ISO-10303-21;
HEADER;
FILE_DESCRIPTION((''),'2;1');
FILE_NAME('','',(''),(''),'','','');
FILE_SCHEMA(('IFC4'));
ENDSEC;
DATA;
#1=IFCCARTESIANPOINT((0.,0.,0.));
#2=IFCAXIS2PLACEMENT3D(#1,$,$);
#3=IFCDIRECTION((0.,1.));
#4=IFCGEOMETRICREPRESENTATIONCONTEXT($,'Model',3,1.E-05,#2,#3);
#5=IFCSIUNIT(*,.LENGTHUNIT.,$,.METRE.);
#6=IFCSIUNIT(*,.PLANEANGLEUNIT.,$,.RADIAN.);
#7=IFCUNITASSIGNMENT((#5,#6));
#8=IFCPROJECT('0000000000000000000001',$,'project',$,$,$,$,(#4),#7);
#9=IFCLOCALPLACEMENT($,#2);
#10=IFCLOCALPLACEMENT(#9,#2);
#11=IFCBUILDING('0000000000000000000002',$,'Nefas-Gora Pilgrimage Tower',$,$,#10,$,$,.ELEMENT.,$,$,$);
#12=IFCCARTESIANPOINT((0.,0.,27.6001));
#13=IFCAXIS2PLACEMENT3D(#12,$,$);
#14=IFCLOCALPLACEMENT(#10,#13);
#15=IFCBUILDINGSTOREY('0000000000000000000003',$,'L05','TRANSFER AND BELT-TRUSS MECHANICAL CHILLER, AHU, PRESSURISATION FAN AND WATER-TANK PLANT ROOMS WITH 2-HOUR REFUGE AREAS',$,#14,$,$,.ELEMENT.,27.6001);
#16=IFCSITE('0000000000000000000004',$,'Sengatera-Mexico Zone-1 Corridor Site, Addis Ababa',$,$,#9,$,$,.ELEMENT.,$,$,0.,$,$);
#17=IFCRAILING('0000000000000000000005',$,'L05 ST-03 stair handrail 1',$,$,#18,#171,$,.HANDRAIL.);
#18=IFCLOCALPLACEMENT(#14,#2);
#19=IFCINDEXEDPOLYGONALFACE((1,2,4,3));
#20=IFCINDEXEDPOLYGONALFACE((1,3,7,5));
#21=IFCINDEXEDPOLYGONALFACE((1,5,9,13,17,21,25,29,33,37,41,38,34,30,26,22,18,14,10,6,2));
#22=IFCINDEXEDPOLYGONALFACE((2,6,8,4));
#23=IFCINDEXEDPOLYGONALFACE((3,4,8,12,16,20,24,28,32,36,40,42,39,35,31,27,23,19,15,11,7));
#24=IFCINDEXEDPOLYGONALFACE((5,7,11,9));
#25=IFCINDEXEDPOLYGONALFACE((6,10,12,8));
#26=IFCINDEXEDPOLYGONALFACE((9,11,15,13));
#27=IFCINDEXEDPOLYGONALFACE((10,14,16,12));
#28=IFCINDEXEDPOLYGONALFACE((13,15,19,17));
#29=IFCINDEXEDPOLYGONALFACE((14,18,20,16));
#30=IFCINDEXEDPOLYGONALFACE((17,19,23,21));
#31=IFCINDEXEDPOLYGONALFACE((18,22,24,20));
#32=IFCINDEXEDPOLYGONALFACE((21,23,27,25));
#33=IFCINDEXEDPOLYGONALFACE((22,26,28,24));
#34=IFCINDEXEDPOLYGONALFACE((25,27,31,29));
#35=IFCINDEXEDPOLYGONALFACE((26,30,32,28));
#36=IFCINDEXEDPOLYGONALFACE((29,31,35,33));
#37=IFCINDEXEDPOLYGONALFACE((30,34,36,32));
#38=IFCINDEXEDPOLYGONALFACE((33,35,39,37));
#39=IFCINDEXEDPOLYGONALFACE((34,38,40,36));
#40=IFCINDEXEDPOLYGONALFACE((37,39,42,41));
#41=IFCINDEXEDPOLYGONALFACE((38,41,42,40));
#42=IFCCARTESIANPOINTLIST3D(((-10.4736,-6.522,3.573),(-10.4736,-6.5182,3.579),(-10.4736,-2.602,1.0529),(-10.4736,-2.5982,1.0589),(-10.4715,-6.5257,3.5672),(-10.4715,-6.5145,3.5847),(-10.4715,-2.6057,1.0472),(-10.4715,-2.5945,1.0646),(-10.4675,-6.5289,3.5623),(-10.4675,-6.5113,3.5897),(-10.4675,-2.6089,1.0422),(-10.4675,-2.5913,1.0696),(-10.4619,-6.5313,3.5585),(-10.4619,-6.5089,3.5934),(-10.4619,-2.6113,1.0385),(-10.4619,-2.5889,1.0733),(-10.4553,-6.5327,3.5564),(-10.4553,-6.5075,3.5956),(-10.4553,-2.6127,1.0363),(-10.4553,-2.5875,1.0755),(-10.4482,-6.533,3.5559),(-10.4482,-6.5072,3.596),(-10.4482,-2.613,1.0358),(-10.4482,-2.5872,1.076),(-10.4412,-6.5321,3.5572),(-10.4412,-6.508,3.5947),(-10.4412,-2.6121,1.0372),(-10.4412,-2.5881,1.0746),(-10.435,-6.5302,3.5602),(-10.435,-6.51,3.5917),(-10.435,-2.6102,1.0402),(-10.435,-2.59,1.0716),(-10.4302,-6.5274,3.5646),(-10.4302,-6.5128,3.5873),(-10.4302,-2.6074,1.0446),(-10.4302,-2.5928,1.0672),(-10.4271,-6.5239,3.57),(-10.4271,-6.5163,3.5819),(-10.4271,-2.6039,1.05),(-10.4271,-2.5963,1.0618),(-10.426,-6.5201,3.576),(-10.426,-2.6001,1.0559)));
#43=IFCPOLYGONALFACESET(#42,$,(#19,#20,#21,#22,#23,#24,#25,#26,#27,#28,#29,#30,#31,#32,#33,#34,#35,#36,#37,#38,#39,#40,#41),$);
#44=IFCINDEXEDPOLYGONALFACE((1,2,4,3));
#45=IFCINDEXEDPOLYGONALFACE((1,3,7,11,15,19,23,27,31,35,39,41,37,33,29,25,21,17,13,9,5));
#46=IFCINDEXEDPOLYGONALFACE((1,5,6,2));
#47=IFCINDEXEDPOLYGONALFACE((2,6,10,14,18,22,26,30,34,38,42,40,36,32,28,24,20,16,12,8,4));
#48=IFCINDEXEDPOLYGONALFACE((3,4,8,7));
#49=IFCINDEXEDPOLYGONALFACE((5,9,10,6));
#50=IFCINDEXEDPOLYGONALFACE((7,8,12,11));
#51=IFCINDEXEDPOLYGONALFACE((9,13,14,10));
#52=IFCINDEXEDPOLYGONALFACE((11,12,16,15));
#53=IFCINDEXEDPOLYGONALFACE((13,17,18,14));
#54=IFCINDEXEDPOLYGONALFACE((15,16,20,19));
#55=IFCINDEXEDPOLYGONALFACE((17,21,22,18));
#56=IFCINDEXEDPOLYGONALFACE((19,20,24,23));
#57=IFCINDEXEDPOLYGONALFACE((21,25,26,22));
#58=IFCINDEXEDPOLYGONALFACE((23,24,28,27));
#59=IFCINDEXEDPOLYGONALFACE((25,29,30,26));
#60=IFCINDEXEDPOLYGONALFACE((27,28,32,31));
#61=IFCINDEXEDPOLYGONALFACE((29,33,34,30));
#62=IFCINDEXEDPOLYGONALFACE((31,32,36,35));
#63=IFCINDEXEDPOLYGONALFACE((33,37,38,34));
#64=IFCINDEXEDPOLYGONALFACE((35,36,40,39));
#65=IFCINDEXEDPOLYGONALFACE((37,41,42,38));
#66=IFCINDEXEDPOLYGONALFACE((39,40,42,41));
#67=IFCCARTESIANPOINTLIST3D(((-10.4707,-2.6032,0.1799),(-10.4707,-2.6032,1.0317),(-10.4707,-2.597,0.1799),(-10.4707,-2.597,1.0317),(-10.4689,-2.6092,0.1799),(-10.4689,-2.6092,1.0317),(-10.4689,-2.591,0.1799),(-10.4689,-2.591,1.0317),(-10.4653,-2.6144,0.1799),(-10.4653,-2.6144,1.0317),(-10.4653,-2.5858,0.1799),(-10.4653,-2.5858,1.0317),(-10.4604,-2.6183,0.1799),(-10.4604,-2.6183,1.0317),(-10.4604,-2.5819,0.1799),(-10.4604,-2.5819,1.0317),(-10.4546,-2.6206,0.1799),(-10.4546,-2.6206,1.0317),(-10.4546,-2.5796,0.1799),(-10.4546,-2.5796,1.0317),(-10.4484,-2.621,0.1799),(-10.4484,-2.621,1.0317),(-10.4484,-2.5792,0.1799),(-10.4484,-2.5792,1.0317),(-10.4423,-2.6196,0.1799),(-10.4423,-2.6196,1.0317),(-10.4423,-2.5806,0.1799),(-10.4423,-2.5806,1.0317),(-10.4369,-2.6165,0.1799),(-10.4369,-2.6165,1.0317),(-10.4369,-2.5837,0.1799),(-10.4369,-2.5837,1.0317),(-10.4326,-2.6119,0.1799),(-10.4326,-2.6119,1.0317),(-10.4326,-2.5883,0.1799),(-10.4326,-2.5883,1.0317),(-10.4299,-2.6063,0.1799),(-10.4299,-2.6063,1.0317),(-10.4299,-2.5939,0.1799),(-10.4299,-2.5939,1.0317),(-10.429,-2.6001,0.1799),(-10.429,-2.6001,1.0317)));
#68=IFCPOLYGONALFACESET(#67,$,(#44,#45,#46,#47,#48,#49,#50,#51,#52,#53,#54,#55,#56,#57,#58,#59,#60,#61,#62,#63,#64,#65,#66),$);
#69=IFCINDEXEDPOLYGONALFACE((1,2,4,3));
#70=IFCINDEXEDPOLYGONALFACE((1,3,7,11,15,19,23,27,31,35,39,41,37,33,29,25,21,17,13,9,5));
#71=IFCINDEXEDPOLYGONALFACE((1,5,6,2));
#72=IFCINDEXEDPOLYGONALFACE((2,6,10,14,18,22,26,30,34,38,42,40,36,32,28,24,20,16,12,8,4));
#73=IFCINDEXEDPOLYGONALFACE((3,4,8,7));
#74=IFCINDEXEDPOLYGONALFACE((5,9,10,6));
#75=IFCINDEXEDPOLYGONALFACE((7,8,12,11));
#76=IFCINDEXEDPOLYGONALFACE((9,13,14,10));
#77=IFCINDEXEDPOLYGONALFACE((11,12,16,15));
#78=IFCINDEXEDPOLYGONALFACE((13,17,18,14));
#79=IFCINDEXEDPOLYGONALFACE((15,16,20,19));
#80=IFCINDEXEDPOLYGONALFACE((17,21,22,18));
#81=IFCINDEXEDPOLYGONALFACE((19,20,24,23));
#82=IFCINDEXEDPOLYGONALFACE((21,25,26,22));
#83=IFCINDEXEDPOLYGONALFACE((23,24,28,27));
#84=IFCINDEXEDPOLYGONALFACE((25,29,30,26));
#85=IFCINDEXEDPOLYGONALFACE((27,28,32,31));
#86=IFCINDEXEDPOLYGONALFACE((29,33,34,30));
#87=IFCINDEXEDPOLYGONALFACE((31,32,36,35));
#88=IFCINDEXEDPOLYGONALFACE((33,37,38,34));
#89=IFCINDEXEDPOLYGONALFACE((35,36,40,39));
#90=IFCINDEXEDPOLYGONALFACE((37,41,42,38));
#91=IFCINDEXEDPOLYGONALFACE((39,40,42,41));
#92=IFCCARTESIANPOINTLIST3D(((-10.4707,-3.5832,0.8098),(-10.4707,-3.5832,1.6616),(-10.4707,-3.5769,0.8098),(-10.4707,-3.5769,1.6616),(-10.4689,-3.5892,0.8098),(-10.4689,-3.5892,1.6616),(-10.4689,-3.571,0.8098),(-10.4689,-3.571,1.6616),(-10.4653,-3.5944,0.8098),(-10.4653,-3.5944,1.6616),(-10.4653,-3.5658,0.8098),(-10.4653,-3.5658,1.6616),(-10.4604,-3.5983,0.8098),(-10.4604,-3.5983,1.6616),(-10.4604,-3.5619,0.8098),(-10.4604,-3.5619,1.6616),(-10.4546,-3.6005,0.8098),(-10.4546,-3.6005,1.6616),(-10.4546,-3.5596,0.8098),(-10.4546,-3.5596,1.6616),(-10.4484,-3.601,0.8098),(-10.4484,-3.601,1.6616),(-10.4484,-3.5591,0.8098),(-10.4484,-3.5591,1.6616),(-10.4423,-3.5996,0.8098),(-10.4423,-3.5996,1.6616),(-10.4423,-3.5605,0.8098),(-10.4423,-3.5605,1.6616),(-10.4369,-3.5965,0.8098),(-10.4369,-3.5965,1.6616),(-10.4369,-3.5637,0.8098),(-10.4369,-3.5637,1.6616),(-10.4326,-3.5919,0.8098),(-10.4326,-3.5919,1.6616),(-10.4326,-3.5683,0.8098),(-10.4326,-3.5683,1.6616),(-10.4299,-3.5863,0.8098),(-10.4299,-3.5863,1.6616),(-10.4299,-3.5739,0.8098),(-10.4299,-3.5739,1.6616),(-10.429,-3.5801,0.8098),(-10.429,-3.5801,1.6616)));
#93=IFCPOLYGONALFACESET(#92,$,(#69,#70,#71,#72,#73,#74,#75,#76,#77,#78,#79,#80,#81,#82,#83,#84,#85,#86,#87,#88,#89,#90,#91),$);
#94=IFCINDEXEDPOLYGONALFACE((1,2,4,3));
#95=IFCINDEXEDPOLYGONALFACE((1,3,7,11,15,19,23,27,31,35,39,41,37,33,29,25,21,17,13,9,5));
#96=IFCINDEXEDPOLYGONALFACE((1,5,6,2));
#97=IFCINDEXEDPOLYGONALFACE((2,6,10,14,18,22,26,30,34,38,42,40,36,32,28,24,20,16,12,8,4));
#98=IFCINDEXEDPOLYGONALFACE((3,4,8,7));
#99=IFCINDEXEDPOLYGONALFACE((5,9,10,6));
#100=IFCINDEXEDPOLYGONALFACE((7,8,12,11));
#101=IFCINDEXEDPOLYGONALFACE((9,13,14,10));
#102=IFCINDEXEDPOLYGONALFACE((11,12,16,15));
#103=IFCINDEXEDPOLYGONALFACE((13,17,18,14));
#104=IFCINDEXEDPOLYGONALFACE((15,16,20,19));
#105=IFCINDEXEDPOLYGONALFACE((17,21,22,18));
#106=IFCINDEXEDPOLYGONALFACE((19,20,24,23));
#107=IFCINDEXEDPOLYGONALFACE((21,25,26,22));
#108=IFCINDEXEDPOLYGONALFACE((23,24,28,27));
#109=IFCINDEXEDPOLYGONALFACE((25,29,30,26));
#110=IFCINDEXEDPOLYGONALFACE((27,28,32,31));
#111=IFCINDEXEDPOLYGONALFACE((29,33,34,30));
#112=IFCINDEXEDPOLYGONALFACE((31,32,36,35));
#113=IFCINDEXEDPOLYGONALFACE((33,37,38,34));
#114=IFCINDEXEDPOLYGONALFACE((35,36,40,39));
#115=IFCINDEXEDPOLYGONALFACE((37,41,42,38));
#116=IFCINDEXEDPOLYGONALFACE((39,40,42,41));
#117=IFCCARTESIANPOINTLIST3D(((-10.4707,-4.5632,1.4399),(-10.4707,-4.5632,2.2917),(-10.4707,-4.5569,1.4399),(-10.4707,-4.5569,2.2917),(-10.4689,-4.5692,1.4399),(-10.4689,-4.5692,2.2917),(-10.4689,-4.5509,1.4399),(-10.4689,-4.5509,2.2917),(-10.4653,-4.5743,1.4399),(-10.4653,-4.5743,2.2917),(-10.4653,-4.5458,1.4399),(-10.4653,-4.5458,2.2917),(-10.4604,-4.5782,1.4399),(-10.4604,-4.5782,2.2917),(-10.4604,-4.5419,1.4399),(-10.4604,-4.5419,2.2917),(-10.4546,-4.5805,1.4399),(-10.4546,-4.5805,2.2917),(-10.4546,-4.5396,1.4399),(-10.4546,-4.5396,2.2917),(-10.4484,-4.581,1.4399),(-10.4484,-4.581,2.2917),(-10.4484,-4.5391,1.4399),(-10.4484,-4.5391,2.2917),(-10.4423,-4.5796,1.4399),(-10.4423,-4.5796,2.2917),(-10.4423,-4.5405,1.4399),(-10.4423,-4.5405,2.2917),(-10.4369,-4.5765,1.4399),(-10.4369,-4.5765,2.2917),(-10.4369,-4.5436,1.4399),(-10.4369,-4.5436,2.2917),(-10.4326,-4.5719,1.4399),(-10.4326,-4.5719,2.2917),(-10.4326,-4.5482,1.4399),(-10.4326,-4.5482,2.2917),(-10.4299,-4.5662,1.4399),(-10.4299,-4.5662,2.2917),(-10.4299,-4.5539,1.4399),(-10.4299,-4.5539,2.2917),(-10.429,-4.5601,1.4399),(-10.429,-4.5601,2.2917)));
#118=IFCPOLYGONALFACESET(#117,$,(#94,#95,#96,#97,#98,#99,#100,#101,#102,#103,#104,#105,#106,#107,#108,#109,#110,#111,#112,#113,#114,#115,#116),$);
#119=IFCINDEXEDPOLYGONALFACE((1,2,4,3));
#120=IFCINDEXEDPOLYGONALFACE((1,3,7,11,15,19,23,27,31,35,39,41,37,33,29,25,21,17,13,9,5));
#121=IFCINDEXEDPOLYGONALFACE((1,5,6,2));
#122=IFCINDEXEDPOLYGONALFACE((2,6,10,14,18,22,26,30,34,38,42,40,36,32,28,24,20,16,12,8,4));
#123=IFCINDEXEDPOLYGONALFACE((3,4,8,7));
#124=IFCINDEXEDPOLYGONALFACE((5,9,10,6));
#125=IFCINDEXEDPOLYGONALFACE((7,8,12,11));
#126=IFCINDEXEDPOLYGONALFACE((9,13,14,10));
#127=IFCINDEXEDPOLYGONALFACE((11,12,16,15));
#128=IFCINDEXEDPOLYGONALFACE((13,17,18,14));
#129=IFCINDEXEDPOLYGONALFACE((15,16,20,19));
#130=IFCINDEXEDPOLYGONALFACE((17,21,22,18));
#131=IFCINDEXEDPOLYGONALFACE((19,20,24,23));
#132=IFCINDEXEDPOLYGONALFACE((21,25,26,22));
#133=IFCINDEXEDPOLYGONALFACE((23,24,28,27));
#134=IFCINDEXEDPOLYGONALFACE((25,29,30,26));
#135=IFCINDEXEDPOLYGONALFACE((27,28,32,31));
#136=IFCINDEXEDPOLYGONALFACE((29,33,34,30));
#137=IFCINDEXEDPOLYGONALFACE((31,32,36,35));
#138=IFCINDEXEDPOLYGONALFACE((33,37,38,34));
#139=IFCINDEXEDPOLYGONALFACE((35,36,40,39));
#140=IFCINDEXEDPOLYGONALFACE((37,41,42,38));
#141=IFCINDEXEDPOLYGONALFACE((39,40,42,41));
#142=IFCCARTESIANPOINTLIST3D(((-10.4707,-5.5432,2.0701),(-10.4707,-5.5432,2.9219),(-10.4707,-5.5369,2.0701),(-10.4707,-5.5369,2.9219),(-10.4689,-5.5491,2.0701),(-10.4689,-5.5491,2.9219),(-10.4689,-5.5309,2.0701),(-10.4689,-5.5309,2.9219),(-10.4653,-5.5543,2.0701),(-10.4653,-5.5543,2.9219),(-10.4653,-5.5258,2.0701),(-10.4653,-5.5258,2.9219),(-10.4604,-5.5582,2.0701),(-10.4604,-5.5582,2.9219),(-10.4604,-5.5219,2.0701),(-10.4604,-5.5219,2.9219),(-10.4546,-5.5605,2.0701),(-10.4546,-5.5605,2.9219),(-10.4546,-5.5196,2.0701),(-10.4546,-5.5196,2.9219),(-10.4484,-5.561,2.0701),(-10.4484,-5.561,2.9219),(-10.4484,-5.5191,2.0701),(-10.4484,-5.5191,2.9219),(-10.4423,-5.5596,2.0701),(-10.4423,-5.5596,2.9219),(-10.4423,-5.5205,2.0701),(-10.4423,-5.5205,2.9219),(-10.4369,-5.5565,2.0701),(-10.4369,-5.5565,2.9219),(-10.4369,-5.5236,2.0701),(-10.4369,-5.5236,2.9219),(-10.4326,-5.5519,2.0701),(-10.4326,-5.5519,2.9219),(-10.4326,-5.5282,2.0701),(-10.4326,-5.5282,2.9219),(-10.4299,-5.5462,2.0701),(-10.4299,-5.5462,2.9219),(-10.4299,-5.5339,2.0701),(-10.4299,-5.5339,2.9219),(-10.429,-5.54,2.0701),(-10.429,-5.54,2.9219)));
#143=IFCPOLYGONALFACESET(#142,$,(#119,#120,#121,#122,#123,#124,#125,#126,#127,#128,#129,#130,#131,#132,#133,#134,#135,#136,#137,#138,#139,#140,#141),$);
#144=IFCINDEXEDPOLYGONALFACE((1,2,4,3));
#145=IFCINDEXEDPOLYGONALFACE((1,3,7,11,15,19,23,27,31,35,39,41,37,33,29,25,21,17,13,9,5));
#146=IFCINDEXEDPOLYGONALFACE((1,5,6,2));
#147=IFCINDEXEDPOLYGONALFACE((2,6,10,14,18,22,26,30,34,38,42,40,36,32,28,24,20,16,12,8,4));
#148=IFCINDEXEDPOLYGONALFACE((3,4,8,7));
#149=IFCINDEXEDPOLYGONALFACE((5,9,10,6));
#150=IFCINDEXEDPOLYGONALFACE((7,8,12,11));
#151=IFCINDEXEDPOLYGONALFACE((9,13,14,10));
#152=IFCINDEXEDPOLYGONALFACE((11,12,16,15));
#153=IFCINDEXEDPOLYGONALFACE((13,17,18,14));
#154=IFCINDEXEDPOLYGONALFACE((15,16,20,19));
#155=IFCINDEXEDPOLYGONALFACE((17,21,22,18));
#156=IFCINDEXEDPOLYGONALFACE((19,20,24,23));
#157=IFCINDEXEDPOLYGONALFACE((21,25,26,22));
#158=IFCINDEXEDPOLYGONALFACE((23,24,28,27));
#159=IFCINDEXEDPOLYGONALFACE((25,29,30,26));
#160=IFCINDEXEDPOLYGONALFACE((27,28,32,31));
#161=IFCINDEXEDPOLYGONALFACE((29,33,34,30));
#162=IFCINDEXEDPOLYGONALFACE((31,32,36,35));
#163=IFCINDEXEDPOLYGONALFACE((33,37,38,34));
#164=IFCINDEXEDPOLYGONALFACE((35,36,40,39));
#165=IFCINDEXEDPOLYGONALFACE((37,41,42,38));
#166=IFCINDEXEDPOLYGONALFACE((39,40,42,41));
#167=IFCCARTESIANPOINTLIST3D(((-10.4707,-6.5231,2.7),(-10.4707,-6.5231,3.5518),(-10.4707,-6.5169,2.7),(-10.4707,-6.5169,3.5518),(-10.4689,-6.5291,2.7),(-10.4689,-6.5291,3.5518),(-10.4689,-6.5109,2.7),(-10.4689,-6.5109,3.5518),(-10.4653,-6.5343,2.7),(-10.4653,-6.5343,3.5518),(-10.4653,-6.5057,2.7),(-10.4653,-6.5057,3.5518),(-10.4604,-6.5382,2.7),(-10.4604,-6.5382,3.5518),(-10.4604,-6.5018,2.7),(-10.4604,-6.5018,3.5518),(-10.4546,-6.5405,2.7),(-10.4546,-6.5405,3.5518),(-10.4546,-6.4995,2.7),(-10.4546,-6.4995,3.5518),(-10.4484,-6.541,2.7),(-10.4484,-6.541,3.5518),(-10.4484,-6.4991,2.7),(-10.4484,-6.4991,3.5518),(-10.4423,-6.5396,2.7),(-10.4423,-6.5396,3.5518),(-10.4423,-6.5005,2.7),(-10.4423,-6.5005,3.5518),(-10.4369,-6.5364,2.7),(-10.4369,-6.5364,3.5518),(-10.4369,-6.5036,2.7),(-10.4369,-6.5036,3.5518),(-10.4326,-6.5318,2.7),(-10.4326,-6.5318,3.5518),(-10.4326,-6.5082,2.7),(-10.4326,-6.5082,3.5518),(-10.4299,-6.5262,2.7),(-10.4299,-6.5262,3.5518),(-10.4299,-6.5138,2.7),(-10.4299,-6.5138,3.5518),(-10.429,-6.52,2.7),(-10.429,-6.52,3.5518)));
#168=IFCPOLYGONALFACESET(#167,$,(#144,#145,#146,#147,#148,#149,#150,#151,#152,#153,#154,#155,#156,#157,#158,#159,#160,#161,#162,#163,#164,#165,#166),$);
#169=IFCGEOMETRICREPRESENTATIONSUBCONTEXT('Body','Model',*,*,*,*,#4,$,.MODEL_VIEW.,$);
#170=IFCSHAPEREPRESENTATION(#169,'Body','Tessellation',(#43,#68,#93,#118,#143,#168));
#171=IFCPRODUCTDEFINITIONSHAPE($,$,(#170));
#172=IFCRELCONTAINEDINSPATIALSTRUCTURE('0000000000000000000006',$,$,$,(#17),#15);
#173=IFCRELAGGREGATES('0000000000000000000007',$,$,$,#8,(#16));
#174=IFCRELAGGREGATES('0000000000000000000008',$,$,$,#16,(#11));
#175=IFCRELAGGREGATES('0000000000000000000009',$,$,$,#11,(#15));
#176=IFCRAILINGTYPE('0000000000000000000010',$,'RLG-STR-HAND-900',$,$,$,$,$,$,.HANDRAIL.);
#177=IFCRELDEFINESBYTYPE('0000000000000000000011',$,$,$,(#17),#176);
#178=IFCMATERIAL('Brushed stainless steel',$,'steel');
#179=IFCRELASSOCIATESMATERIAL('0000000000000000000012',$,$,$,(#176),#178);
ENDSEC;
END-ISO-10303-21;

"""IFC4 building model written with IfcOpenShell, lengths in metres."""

from ifc_helpers import new_model, si_unit, direction, frame, origin, origin_2d, place, context, subcontext, project, spatial, circle, extrude, material, type_object, element, save


model = new_model("IFC4")

# Units and contexts
model_context = context("Model", 3, precision=1e-05, world=origin(), true_north=direction((0.0, 1.0)))
body_context = subcontext(model_context, "Body", "Model", "MODEL_VIEW")
ifc_project = project(units=[si_unit("LENGTHUNIT", "METRE"), si_unit("PLANEANGLEUNIT", "RADIAN")], contexts=[model_context])

# Site, building, storey
site_placement = place(None, origin())
site = spatial("IfcSite", under=ifc_project, at=site_placement, Name="Sengatera-Mexico Zone-1 Corridor Site, Addis Ababa", CompositionType="ELEMENT", RefElevation=0.0)
building_placement = place(site_placement, origin())
building = spatial("IfcBuilding", under=site, at=building_placement, Name="Nefas-Gora Pilgrimage Tower", CompositionType="ELEMENT")
storey_placement = place(building_placement, frame((0.0, 0.0, 27.6001)))
storey = spatial("IfcBuildingStorey", under=building, at=storey_placement, Name="L05", Description="TRANSFER AND BELT-TRUSS MECHANICAL CHILLER, AHU, PRESSURISATION FAN AND WATER-TANK PLANT ROOMS WITH 2-HOUR REFUGE AREAS", CompositionType="ELEMENT", Elevation=27.6001)

# Railing
ifc_material_1 = material(Name="Brushed stainless steel", Category="steel")
railing_type_1 = type_object("IfcRailingType", Name="RLG-STR-HAND-900", PredefinedType="HANDRAIL", material=ifc_material_1)
railing_1_placement = place(storey_placement, frame((-10.45, -2.6001, 0.1799)))
element("IfcRailing", 1, at=railing_1_placement, inside=storey, type_object=railing_type_1, Name="L05 ST-03 stair handrail 1", PredefinedType="HANDRAIL", context=body_context, shape_type="SweptSolid", body=[
    extrude(circle(Radius=0.0239, at=origin_2d()), frame((0.0, 0.0, 0.876), z_axis=(0.0, -0.841172, 0.540768), x_axis=(1.0, 0.0, 0.0)), (0.0, 0.0, 1.0), 4.6602),
    extrude(circle(Radius=0.021, at=origin_2d()), origin(), (0.0, 0.0, 1.0), 0.8518),
    extrude(circle(Radius=0.021, at=origin_2d()), frame((0.0, -0.98, 0.6299)), (0.0, 0.0, 1.0), 0.8518),
    extrude(circle(Radius=0.021, at=origin_2d()), frame((0.0, -1.96, 1.26)), (0.0, 0.0, 1.0), 0.8518),
    extrude(circle(Radius=0.021, at=origin_2d()), frame((0.0, -2.9399, 1.8901)), (0.0, 0.0, 1.0), 0.8518),
    extrude(circle(Radius=0.021, at=origin_2d()), frame((0.0, -3.9199, 2.52)), (0.0, 0.0, 1.0), 0.8518),
])

save(model, "model.ifc")
